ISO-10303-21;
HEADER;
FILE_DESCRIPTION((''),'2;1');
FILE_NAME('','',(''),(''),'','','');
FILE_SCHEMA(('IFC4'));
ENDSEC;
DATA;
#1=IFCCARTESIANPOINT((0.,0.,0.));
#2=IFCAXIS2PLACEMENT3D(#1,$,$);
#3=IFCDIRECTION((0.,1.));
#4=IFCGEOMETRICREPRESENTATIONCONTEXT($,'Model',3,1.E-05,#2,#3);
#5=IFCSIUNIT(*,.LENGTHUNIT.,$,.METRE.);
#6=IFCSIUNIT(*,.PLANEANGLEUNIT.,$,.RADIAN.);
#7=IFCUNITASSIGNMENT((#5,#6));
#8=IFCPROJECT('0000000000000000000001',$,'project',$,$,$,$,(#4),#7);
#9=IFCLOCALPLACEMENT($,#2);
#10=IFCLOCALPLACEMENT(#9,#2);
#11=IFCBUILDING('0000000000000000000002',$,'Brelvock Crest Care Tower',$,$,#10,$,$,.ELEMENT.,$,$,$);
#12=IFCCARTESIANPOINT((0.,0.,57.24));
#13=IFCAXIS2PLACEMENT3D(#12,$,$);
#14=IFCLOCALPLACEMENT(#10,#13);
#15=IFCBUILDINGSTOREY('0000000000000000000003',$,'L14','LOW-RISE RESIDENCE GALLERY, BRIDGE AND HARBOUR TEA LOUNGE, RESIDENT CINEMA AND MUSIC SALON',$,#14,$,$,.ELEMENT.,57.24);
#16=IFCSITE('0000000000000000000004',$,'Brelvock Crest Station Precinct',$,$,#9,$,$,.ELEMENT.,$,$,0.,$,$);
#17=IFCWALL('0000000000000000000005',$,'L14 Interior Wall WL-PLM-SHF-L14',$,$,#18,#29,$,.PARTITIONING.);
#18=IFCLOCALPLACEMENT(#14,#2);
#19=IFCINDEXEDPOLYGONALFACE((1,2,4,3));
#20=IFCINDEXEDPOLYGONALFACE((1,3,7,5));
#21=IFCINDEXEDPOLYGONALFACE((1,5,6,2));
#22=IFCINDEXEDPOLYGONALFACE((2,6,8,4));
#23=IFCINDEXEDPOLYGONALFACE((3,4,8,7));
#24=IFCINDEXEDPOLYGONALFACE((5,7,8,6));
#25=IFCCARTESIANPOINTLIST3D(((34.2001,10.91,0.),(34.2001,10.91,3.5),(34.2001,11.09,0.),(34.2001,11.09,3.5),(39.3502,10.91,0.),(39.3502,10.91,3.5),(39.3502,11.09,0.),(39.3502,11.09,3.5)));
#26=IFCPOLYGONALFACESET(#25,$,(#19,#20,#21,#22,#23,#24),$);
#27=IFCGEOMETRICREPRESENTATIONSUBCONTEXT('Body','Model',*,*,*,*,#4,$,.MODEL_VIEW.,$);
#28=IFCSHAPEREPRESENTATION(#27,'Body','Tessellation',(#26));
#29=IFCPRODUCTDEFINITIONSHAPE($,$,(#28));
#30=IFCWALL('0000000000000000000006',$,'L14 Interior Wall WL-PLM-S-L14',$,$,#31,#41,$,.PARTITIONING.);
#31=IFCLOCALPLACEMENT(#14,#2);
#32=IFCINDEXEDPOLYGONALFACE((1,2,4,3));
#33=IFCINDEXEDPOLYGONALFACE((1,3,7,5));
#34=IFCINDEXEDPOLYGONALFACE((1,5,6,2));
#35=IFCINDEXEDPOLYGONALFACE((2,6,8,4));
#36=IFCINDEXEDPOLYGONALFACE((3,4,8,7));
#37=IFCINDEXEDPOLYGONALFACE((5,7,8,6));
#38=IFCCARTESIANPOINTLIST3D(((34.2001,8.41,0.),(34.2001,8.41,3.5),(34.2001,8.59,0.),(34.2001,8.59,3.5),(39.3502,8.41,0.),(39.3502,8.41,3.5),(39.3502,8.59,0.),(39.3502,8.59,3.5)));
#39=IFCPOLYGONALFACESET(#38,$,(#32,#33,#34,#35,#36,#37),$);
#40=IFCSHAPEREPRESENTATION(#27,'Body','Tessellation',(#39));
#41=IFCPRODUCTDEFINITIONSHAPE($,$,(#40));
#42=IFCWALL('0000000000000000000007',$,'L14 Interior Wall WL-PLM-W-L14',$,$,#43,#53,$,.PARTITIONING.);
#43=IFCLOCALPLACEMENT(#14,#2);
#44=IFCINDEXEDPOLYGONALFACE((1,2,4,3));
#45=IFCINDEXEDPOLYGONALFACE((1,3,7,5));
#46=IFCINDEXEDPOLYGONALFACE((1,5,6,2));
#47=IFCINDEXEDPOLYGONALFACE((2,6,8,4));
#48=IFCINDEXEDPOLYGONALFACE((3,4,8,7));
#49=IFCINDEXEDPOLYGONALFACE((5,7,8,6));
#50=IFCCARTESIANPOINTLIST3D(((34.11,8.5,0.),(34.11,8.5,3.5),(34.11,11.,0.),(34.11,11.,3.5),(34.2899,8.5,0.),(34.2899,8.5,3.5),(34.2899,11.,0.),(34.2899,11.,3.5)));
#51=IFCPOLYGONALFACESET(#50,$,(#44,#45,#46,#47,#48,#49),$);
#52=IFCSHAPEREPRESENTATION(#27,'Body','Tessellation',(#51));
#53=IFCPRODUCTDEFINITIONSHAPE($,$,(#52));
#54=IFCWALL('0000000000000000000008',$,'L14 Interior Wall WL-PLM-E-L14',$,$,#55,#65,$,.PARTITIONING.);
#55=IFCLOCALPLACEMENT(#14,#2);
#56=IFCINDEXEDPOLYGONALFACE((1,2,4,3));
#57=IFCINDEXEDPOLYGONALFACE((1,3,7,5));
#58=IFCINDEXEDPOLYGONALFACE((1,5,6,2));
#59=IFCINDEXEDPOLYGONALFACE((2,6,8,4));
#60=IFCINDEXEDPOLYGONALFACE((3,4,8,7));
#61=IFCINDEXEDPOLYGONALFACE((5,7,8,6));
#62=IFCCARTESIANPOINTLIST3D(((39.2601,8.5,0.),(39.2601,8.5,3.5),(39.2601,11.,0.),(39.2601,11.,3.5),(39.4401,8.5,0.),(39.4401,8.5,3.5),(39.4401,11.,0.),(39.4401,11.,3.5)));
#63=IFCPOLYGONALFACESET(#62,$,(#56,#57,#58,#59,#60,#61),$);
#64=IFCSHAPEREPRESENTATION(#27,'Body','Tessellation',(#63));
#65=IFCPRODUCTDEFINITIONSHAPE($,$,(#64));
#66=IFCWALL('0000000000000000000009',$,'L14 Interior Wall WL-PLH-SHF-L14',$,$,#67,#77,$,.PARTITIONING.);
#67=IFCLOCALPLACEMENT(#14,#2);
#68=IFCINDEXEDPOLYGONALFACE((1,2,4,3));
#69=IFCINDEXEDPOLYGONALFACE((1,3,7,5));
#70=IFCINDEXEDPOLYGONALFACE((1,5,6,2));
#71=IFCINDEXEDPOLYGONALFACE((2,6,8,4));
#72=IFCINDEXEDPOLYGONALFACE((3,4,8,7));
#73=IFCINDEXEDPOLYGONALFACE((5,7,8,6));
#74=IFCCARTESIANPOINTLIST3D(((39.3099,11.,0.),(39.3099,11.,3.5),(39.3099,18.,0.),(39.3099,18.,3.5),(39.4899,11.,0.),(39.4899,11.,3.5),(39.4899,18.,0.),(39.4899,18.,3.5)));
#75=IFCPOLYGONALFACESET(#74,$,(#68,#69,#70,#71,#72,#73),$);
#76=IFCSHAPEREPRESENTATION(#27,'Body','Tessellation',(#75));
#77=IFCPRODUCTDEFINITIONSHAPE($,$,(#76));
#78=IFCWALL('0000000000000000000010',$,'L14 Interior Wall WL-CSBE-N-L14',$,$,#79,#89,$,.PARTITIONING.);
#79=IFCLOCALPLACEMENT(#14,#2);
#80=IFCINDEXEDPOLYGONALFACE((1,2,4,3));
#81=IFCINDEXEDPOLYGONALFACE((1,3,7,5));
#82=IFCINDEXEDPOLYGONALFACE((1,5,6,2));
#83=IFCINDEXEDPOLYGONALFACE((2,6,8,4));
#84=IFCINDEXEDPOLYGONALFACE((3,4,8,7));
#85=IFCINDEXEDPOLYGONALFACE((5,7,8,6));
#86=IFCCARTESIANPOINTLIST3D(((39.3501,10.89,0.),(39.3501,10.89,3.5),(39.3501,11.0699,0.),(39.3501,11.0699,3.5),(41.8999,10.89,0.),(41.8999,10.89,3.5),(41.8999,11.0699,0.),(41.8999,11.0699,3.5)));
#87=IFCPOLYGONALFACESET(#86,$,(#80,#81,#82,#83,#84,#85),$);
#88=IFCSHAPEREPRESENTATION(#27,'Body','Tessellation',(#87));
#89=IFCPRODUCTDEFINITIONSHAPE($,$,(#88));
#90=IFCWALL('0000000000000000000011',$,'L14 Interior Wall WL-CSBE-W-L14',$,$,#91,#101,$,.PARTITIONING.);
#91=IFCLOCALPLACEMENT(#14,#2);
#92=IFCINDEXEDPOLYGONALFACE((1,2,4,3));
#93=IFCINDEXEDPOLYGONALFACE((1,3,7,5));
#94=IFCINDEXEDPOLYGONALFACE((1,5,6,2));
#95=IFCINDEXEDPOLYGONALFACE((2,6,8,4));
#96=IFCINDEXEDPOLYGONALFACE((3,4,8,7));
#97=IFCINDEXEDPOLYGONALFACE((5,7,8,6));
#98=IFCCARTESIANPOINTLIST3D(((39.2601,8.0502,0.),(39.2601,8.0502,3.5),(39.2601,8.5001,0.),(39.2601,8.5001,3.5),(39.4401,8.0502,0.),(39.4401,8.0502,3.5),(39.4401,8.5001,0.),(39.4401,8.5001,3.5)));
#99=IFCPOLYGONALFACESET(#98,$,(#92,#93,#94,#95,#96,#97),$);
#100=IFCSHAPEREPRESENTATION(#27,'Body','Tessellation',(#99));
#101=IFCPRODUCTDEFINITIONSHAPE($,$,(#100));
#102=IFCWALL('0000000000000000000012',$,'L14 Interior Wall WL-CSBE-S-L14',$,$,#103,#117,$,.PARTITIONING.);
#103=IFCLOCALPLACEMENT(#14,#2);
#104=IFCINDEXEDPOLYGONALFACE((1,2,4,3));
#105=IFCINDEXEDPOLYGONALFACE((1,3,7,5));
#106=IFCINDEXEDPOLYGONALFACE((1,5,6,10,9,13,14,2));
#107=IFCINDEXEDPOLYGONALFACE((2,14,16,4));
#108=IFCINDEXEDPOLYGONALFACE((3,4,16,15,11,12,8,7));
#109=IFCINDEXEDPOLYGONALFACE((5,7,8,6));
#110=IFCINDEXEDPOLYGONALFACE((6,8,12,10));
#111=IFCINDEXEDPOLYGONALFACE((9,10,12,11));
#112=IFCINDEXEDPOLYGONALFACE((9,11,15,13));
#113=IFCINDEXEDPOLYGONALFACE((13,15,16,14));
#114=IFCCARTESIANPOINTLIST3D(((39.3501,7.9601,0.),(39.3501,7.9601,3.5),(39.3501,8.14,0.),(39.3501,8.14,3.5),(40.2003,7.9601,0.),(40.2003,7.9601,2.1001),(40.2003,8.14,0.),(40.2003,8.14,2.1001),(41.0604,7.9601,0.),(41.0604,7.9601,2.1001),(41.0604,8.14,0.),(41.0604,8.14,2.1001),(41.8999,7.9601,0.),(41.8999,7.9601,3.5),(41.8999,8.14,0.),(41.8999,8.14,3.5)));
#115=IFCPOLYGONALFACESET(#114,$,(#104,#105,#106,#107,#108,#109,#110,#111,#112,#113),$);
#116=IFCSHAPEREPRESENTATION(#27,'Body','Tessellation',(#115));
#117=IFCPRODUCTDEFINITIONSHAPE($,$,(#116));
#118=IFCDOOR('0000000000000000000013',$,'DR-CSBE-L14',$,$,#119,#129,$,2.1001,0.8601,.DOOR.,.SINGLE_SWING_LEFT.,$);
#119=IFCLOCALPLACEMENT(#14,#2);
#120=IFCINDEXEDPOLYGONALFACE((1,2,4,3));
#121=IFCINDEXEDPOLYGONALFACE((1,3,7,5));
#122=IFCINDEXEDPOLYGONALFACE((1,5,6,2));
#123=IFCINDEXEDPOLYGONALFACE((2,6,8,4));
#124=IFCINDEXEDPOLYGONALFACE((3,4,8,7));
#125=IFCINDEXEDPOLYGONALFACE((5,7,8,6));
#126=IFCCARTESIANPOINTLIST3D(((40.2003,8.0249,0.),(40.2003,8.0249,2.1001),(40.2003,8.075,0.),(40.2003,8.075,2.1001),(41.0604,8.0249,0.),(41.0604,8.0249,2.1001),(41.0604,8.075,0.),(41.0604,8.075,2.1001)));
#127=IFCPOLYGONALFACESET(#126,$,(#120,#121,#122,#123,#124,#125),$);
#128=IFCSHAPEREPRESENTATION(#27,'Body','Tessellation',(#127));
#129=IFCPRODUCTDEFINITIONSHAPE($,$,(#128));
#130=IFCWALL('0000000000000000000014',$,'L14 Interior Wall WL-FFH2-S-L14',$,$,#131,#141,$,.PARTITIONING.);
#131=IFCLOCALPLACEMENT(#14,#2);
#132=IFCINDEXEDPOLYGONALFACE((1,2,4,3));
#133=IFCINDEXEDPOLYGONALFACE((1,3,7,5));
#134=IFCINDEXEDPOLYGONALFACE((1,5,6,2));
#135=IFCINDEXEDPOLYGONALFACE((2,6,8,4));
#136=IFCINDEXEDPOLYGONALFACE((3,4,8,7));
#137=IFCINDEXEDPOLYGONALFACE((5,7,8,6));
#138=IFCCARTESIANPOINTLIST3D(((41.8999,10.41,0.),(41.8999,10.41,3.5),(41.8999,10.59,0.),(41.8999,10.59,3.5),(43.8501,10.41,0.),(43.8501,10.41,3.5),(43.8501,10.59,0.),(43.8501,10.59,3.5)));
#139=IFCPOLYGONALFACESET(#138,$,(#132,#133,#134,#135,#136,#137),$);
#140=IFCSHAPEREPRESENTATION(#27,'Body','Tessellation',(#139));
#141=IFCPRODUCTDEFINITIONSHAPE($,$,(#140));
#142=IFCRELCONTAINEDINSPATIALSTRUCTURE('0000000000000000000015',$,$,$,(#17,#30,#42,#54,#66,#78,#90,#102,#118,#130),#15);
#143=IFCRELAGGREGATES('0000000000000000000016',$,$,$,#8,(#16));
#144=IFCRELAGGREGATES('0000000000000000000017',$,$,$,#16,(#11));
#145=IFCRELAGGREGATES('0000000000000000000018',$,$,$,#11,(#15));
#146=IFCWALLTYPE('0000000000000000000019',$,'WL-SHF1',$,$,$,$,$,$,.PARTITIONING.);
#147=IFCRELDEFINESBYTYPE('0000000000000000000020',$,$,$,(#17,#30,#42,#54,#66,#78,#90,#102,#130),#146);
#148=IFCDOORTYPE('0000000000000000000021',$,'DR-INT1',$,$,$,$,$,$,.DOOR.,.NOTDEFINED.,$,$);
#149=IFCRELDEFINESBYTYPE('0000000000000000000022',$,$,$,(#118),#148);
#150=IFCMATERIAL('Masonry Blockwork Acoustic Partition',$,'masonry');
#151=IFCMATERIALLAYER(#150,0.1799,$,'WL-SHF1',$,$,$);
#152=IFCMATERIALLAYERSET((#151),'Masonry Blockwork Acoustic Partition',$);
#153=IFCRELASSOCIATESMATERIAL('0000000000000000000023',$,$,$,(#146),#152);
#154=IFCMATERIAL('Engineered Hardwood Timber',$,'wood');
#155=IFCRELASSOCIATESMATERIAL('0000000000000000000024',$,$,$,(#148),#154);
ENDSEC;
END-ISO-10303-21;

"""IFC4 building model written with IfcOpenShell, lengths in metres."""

from ifc_helpers import new_model, si_unit, direction, frame, frame_2d, origin, origin_2d, place, context, subcontext, project, spatial, rectangle, extrude, source, transform, mapped, material, layer, layer_set, type_object, element, fill, save


model = new_model("IFC4")

# Units and contexts
model_context = context("Model", 3, precision=1e-05, world=origin(), true_north=direction((0.0, 1.0)))
body_context = subcontext(model_context, "Body", "Model", "MODEL_VIEW")
ifc_project = project(units=[si_unit("LENGTHUNIT", "METRE"), si_unit("PLANEANGLEUNIT", "RADIAN")], contexts=[model_context])

# Site, building, storey
site_placement = place(None, origin())
site = spatial("IfcSite", under=ifc_project, at=site_placement, Name="Brelvock Crest Station Precinct", CompositionType="ELEMENT", RefElevation=0.0)
building_placement = place(site_placement, origin())
building = spatial("IfcBuilding", under=site, at=building_placement, Name="Brelvock Crest Care Tower", CompositionType="ELEMENT")
storey_placement = place(building_placement, frame((0.0, 0.0, 57.24)))
storey = spatial("IfcBuildingStorey", under=building, at=storey_placement, Name="L14", Description="LOW-RISE RESIDENCE GALLERY, BRIDGE AND HARBOUR TEA LOUNGE, RESIDENT CINEMA AND MUSIC SALON", CompositionType="ELEMENT", Elevation=57.24)

# Walls
ifc_material_1 = material(Name="Masonry Blockwork Acoustic Partition", Category="masonry")
ifc_layer_1 = layer(ifc_material_1, 0.1799, Name="WL-SHF1")
ifc_layer_set_1 = layer_set([ifc_layer_1], Name="Masonry Blockwork Acoustic Partition")
wall_type = type_object("IfcWallType", Name="WL-SHF1", PredefinedType="PARTITIONING", material=ifc_layer_set_1)
for number, where, z_axis, x_axis, name in (
    (1, (34.2, 11.0, 0.0), (0.0, 0.0, 1.0), (1.0, 0.0, 0.0), "L14 Interior Wall WL-PLM-SHF-L14"),
    (2, (34.2, 8.5, 0.0), (0.0, 0.0, 1.0), (1.0, 0.0, 0.0), "L14 Interior Wall WL-PLM-S-L14"),
):
    element("IfcWall", number, at=place(storey_placement, frame(where, z_axis=z_axis, x_axis=x_axis)), inside=storey, type_object=wall_type, Name=name, PredefinedType="PARTITIONING", context=body_context, shape_type="SweptSolid", body=[
        extrude(rectangle(XDim=5.1501, YDim=0.1799, at=frame_2d((2.5752, 0.0))), origin(), (0.0, 0.0, 1.0), 3.5),
    ])
for number, where, z_axis, x_axis, name in (
    (3, (34.2, 8.5, 0.0), (0.0, 0.0, 1.0), (0.0, 1.0, 0.0), "L14 Interior Wall WL-PLM-W-L14"),
    (4, (39.3501, 8.5, 0.0), (0.0, 0.0, 1.0), (0.0, 1.0, 0.0), "L14 Interior Wall WL-PLM-E-L14"),
):
    element("IfcWall", number, at=place(storey_placement, frame(where, z_axis=z_axis, x_axis=x_axis)), inside=storey, type_object=wall_type, Name=name, PredefinedType="PARTITIONING", context=body_context, shape_type="SweptSolid", body=[
        extrude(rectangle(XDim=2.5, YDim=0.1799, at=frame_2d((1.25, 0.0))), origin(), (0.0, 0.0, 1.0), 3.5),
    ])
wall_1_placement = place(storey_placement, frame((39.3999, 11.0, 0.0), z_axis=(0.0, 0.0, 1.0), x_axis=(0.0, 1.0, 0.0)))
element("IfcWall", 5, at=wall_1_placement, inside=storey, type_object=wall_type, Name="L14 Interior Wall WL-PLH-SHF-L14", PredefinedType="PARTITIONING", context=body_context, shape_type="SweptSolid", body=[
    extrude(rectangle(XDim=7.0, YDim=0.1799, at=frame_2d((3.5, 0.0))), origin(), (0.0, 0.0, 1.0), 3.5),
])
wall_2_placement = place(storey_placement, frame((39.3501, 10.98, 0.0), z_axis=(0.0, 0.0, 1.0), x_axis=(1.0, 0.0, 0.0)))
element("IfcWall", 6, at=wall_2_placement, inside=storey, type_object=wall_type, Name="L14 Interior Wall WL-CSBE-N-L14", PredefinedType="PARTITIONING", context=body_context, shape_type="SweptSolid", body=[
    extrude(rectangle(XDim=2.5498, YDim=0.1799, at=frame_2d((1.2749, 0.0))), origin(), (0.0, 0.0, 1.0), 3.5),
])
wall_3_placement = place(storey_placement, frame((39.3501, 8.05, 0.0), z_axis=(0.0, 0.0, 1.0), x_axis=(0.0, 1.0, 0.0)))
element("IfcWall", 7, at=wall_3_placement, inside=storey, type_object=wall_type, Name="L14 Interior Wall WL-CSBE-W-L14", PredefinedType="PARTITIONING", context=body_context, shape_type="SweptSolid", body=[
    extrude(rectangle(XDim=0.45, YDim=0.1799, at=frame_2d((0.2251, 0.0))), origin(), (0.0, 0.0, 1.0), 3.5),
])

# Wall, opening, door
wall_4_placement = place(storey_placement, frame((39.3501, 8.05, 0.0), z_axis=(0.0, 0.0, 1.0), x_axis=(1.0, 0.0, 0.0)))
wall_4 = element("IfcWall", 8, at=wall_4_placement, inside=storey, type_object=wall_type, Name="L14 Interior Wall WL-CSBE-S-L14", PredefinedType="PARTITIONING", context=body_context, shape_type="SweptSolid", body=[
    extrude(rectangle(XDim=2.5498, YDim=0.1799, at=frame_2d((1.2749, 0.0))), origin(), (0.0, 0.0, 1.0), 3.5),
])
opening_1_placement = place(wall_4_placement, frame((0.8501, 0.0, 0.0)))
opening_1 = element("IfcOpeningElement", 9, at=opening_1_placement, cuts=wall_4, PredefinedType="OPENING", context=body_context, shape_type="SweptSolid", body=[
    extrude(rectangle(XDim=0.8601, YDim=2.1001, at=origin_2d()), frame((0.4302, 0.1001, 1.05), z_axis=(0.0, -1.0, 0.0), x_axis=(1.0, 0.0, 0.0)), (0.0, 0.0, 1.0), 0.2),
])
ifc_material_2 = material(Name="Engineered Hardwood Timber", Category="wood")
door_type_1 = type_object("IfcDoorType", Name="DR-INT1", OperationType="NOTDEFINED", PredefinedType="DOOR", material=ifc_material_2)
shared_shape_1 = source(origin(), body_context, "Body", "SweptSolid", [
    extrude(rectangle(XDim=0.8601, YDim=2.1001, at=origin_2d()), frame((0.4302, 0.0249, 1.05), z_axis=(0.0, -1.0, 0.0), x_axis=(1.0, 0.0, 0.0)), (0.0, 0.0, 1.0), 0.05),
])
door_1_placement = place(opening_1_placement, origin())
door_1 = element("IfcDoor", 10, at=door_1_placement, inside=storey, type_object=door_type_1, Name="DR-CSBE-L14", OperationType="SINGLE_SWING_LEFT", OverallHeight=2.1001, OverallWidth=0.8601, PredefinedType="DOOR", context=body_context, shape_type="MappedRepresentation", body=[
    mapped(shared_shape_1, transform((0.0, 0.0, 0.0), x_axis=(1.0, 0.0, 0.0), y_axis=(0.0, 1.0, 0.0), z_axis=(0.0, 0.0, 1.0), scale=1.0)),
])
fill(opening_1, door_1)

# Wall
wall_5_placement = place(storey_placement, frame((41.8999, 10.5, 0.0), z_axis=(0.0, 0.0, 1.0), x_axis=(1.0, 0.0, 0.0)))
element("IfcWall", 11, at=wall_5_placement, inside=storey, type_object=wall_type, Name="L14 Interior Wall WL-FFH2-S-L14", PredefinedType="PARTITIONING", context=body_context, shape_type="SweptSolid", body=[
    extrude(rectangle(XDim=1.9502, YDim=0.1799, at=frame_2d((0.9751, 0.0))), origin(), (0.0, 0.0, 1.0), 3.5),
])

save(model, "model.ifc")
